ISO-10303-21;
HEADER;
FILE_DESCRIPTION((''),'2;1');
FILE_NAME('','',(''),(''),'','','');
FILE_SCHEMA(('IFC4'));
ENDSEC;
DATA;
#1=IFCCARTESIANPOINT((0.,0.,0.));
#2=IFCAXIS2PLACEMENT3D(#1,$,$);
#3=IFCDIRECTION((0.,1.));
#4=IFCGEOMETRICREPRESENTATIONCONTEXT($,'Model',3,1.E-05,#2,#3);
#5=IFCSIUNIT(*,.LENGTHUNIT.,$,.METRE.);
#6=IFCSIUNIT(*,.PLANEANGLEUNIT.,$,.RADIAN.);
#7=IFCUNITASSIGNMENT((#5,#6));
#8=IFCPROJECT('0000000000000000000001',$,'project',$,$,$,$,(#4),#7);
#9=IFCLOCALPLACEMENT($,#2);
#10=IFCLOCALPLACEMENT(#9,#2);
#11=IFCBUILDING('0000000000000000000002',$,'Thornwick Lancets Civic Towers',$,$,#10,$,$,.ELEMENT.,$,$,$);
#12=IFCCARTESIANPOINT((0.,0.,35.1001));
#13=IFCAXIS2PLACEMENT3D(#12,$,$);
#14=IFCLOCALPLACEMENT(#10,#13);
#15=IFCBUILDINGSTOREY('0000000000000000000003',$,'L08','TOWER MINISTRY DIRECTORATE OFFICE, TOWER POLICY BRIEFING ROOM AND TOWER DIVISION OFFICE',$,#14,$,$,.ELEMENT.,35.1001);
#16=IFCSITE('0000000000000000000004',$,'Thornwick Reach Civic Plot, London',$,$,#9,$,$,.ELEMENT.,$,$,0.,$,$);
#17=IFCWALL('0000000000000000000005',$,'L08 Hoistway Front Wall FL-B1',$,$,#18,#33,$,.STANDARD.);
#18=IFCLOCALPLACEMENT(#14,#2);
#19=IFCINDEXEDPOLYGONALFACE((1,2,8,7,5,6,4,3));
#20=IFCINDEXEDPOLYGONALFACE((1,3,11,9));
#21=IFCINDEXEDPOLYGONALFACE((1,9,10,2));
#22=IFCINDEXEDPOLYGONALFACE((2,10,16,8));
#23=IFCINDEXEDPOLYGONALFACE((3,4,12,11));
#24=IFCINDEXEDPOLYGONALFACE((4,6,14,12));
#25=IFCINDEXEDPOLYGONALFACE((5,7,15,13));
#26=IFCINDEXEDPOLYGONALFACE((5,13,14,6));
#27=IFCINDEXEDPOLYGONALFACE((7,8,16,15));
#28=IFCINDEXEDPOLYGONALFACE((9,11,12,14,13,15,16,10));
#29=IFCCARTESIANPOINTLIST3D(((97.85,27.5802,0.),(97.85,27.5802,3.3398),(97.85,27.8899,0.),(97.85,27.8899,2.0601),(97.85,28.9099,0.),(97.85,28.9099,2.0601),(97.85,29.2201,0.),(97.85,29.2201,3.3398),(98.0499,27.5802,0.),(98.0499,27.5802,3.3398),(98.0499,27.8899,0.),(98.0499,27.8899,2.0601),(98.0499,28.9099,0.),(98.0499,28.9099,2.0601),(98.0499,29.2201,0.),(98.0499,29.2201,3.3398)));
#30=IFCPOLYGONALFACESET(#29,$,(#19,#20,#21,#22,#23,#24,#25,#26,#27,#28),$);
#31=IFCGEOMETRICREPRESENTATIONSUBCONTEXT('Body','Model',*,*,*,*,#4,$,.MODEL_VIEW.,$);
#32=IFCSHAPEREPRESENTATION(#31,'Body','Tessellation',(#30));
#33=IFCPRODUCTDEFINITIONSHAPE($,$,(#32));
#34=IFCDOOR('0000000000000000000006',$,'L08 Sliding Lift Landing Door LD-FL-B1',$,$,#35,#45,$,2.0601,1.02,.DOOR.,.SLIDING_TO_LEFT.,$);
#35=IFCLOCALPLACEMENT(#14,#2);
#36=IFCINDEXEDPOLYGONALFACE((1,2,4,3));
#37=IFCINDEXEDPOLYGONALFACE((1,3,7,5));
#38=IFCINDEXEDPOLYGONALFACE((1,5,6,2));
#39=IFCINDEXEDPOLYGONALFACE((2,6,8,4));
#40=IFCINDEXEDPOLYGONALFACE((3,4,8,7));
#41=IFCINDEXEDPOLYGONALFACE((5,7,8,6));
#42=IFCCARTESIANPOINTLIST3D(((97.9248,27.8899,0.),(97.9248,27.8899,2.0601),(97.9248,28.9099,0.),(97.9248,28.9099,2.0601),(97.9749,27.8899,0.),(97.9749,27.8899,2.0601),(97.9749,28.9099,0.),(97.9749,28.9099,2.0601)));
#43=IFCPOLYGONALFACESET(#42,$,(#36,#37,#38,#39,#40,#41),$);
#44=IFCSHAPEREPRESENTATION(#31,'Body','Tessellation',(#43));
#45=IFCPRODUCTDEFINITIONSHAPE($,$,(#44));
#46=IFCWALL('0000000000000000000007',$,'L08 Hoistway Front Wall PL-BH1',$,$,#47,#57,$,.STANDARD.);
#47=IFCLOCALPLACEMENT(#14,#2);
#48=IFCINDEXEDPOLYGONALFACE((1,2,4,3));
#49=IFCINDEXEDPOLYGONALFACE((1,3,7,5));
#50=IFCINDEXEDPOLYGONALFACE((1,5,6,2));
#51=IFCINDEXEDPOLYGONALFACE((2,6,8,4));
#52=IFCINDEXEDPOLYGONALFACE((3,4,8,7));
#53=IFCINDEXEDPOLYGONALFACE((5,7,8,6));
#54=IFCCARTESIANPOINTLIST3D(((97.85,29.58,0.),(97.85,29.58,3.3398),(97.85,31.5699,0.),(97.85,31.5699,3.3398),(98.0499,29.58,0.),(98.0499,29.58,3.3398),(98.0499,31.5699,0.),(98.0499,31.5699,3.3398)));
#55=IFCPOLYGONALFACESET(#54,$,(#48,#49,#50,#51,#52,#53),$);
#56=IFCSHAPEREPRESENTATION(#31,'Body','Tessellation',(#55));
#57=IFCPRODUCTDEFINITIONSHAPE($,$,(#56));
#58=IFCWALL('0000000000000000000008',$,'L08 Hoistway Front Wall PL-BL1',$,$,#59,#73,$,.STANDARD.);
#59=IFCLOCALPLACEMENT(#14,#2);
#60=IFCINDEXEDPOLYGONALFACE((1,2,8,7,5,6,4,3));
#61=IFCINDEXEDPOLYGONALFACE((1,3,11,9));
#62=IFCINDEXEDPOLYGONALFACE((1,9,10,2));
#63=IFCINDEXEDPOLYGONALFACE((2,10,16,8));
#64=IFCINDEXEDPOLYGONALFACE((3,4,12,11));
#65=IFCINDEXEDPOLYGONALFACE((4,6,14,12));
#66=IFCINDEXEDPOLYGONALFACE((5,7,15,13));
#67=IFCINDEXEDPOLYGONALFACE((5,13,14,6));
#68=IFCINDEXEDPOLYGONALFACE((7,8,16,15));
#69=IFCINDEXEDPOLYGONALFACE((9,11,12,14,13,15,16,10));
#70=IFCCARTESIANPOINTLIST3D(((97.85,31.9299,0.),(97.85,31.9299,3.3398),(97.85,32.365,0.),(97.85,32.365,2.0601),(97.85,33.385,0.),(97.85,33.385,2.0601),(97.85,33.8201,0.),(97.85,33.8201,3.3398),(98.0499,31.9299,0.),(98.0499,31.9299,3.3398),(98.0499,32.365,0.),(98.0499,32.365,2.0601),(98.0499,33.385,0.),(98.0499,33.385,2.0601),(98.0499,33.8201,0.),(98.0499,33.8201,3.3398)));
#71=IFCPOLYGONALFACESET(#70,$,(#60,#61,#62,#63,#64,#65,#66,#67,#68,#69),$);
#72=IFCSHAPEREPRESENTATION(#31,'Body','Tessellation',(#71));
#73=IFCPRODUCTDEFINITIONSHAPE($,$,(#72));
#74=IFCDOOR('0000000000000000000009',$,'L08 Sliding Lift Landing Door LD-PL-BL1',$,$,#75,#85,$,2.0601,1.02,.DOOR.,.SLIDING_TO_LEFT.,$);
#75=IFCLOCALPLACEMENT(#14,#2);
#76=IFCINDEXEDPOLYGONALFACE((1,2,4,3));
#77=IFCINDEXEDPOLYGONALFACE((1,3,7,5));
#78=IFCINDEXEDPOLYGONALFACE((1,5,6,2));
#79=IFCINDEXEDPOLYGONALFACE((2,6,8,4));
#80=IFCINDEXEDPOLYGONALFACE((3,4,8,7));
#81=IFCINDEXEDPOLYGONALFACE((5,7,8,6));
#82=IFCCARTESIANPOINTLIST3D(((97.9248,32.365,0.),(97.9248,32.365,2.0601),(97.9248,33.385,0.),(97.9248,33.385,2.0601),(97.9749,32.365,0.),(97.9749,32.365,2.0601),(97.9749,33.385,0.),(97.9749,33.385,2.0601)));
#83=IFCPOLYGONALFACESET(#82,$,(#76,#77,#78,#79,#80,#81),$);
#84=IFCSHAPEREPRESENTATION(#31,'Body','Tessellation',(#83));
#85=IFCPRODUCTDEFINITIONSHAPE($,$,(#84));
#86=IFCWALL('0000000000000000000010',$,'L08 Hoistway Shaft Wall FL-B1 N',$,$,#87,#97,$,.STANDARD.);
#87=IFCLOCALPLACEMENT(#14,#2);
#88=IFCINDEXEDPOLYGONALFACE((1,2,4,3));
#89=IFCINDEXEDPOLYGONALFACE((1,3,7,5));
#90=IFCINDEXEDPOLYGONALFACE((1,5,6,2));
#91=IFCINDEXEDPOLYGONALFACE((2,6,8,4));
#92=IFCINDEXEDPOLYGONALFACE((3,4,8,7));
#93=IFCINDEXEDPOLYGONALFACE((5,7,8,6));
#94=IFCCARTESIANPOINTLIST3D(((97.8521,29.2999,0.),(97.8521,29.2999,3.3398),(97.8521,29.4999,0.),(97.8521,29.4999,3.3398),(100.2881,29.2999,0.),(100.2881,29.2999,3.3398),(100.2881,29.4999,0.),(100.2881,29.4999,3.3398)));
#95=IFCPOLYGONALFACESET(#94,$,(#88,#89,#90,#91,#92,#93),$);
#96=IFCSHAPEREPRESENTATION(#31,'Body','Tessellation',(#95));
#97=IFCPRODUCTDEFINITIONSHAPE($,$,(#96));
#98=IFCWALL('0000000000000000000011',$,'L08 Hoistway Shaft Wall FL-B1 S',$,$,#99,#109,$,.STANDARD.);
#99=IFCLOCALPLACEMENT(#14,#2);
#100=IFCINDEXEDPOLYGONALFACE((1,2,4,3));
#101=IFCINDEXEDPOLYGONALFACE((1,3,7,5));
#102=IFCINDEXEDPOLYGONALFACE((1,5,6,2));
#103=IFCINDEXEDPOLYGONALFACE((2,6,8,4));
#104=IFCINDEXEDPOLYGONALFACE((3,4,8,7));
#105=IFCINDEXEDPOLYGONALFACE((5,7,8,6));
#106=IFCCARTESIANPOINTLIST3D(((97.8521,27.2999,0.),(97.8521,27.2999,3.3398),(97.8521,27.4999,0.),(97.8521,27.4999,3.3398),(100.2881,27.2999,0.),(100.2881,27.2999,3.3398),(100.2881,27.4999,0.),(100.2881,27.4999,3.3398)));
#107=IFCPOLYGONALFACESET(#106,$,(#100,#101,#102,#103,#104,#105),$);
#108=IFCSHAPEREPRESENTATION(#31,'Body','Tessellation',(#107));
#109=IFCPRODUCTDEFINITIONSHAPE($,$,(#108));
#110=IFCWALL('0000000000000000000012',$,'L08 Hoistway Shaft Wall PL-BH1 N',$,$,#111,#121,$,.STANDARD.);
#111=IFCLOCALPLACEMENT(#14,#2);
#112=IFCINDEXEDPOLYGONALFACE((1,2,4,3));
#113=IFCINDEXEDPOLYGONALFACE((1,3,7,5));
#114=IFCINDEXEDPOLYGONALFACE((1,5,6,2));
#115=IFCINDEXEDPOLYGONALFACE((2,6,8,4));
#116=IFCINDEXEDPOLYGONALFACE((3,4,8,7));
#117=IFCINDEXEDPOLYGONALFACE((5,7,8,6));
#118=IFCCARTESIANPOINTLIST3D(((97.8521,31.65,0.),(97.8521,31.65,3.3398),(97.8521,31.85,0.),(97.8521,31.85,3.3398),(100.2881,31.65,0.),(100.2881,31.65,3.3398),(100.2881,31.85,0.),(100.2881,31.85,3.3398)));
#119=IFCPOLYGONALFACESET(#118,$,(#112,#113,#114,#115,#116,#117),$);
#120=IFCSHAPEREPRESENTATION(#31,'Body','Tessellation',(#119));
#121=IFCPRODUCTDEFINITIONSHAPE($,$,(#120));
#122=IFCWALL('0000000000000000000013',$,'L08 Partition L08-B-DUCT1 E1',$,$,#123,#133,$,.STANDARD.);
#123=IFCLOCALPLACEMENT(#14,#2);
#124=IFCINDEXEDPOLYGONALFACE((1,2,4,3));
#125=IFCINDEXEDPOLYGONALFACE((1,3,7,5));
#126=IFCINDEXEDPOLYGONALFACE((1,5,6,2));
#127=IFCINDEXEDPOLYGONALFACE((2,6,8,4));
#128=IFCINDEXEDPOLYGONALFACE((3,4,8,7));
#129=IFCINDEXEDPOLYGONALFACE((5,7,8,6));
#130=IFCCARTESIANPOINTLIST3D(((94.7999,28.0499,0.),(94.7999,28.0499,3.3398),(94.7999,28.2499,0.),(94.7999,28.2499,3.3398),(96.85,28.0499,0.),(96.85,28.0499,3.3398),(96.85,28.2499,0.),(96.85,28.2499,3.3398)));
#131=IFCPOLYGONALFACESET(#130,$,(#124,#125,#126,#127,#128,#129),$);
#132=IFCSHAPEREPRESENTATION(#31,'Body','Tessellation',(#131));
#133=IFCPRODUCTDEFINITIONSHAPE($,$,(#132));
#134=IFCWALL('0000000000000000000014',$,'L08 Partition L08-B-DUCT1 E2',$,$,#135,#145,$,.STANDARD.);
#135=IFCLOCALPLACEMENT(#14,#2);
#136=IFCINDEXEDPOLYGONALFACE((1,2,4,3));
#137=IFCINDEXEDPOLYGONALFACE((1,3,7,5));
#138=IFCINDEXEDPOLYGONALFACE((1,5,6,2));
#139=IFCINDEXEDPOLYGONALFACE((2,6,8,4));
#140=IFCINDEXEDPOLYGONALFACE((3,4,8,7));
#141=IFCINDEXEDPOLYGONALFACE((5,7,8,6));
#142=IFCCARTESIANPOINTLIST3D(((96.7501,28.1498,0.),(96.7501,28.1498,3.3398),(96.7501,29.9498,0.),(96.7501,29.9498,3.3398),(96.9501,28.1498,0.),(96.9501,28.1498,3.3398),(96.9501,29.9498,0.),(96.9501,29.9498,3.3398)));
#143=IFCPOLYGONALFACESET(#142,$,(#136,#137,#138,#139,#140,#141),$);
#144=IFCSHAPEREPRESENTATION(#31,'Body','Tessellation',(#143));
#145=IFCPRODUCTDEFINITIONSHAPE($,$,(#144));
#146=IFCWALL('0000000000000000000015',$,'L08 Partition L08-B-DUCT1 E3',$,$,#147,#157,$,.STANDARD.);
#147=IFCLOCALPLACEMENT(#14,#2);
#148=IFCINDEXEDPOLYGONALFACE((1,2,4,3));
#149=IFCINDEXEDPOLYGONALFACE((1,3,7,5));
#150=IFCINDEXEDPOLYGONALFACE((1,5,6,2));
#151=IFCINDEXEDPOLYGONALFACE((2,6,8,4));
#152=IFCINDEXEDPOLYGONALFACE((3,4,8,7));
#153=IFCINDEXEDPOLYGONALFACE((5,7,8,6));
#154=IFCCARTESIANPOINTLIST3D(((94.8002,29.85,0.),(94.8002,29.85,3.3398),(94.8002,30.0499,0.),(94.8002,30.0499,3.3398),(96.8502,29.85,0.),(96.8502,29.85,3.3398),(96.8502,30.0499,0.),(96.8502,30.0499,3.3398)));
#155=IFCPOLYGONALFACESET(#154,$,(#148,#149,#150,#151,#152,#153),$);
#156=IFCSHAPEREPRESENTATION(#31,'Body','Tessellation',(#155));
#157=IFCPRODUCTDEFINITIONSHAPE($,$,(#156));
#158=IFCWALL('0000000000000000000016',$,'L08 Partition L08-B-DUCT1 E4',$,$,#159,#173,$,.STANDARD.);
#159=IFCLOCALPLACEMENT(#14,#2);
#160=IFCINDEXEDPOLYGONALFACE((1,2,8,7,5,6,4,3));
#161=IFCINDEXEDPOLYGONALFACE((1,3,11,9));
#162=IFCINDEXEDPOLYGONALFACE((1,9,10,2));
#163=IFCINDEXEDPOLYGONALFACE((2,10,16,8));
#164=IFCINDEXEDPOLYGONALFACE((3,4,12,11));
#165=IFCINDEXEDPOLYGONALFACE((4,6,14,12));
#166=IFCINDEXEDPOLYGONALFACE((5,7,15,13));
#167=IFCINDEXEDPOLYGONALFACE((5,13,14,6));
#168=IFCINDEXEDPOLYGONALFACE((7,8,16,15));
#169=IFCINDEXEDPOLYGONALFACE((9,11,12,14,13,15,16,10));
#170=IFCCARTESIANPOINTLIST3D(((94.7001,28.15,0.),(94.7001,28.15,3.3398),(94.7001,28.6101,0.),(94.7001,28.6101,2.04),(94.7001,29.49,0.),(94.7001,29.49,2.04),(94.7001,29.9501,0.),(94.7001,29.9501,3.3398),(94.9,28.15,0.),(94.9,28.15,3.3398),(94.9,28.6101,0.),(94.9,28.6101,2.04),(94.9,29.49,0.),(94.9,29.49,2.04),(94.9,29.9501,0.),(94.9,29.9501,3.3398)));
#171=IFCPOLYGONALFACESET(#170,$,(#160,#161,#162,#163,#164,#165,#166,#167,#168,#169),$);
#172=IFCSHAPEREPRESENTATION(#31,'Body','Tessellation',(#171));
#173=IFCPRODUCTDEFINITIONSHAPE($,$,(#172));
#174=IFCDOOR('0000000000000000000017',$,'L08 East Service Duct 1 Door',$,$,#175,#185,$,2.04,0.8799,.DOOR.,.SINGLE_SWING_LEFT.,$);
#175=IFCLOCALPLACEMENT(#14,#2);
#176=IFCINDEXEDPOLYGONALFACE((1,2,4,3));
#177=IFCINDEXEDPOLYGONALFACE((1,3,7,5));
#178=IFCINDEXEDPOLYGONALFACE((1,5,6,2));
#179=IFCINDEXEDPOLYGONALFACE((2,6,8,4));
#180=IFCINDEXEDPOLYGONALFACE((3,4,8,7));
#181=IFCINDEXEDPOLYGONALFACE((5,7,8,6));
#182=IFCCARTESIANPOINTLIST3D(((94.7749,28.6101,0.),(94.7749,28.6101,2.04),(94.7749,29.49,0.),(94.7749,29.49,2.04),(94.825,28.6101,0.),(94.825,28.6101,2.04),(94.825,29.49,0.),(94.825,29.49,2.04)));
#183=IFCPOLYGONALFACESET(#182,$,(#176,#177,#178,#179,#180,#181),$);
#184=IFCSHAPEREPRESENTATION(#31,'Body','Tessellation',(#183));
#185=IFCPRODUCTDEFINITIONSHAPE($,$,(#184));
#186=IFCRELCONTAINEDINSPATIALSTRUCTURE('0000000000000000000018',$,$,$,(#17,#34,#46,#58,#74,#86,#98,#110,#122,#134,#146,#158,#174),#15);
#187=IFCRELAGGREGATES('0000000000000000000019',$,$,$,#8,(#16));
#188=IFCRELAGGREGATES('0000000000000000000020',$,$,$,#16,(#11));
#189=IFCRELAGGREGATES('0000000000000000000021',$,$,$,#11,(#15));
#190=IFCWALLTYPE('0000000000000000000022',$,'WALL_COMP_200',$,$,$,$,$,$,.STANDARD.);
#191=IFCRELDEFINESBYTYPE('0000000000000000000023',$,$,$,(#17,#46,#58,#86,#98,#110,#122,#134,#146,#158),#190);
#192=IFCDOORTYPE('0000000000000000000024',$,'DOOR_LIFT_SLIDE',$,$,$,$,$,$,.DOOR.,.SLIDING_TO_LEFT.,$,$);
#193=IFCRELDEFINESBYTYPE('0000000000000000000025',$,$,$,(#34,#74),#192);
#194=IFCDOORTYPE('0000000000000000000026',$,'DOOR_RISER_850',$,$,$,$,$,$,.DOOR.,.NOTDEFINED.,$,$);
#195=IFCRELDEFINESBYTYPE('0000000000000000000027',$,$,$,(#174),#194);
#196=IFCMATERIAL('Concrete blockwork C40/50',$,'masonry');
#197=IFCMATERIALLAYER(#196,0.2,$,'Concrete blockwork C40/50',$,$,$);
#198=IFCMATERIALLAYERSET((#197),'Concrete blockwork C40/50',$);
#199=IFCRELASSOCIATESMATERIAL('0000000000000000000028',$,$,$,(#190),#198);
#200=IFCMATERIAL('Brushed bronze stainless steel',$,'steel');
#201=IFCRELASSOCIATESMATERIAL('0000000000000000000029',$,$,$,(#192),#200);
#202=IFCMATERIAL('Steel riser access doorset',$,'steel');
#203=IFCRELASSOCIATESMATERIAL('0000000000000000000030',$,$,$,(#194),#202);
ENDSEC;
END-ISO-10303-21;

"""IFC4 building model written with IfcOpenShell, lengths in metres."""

from ifc_helpers import new_model, si_unit, direction, frame, frame_2d, origin, place, context, subcontext, project, spatial, rectangle, extrude, material, layer, layer_set, type_object, element, fill, save


model = new_model("IFC4")

# Units and contexts
model_context = context("Model", 3, precision=1e-05, world=origin(), true_north=direction((0.0, 1.0)))
body_context = subcontext(model_context, "Body", "Model", "MODEL_VIEW")
ifc_project = project(units=[si_unit("LENGTHUNIT", "METRE"), si_unit("PLANEANGLEUNIT", "RADIAN")], contexts=[model_context])

# Site, building, storey
site_placement = place(None, origin())
site = spatial("IfcSite", under=ifc_project, at=site_placement, Name="Thornwick Reach Civic Plot, London", CompositionType="ELEMENT", RefElevation=0.0)
building_placement = place(site_placement, origin())
building = spatial("IfcBuilding", under=site, at=building_placement, Name="Thornwick Lancets Civic Towers", CompositionType="ELEMENT")
storey_placement = place(building_placement, frame((0.0, 0.0, 35.1001)))
storey = spatial("IfcBuildingStorey", under=building, at=storey_placement, Name="L08", Description="TOWER MINISTRY DIRECTORATE OFFICE, TOWER POLICY BRIEFING ROOM AND TOWER DIVISION OFFICE", CompositionType="ELEMENT", Elevation=35.1001)

# Wall, opening, door
ifc_material_1 = material(Name="Concrete blockwork C40/50", Category="masonry")
ifc_layer_1 = layer(ifc_material_1, 0.2, Name="Concrete blockwork C40/50")
ifc_layer_set_1 = layer_set([ifc_layer_1], Name="Concrete blockwork C40/50")
wall_type_1 = type_object("IfcWallType", Name="WALL_COMP_200", PredefinedType="STANDARD", material=ifc_layer_set_1)
wall_1_placement = place(storey_placement, frame((97.95, 29.22, 0.0), z_axis=(0.0, 0.0, 1.0), x_axis=(0.0, -1.0, 0.0)))
wall_1 = element("IfcWall", 1, at=wall_1_placement, inside=storey, type_object=wall_type_1, Name="L08 Hoistway Front Wall FL-B1", PredefinedType="STANDARD", context=body_context, shape_type="SweptSolid", body=[
    extrude(rectangle(XDim=1.6399, YDim=0.2, at=frame_2d((0.8198, 0.0))), origin(), (0.0, 0.0, 1.0), 3.3398),
])
opening_1_placement = place(wall_1_placement, frame((0.3101, 0.0, 0.0)))
opening_1 = element("IfcOpeningElement", 2, at=opening_1_placement, cuts=wall_1, PredefinedType="OPENING", context=body_context, shape_type="SweptSolid", body=[
    extrude(rectangle(XDim=1.02, YDim=2.0601, at=frame_2d((0.51, 1.03))), frame((0.0, 0.1099, 0.0), z_axis=(0.0, -1.0, 0.0), x_axis=(1.0, 0.0, 0.0)), (0.0, 0.0, 1.0), 0.22),
])
ifc_material_2 = material(Name="Brushed bronze stainless steel", Category="steel")
door_type_1 = type_object("IfcDoorType", Name="DOOR_LIFT_SLIDE", OperationType="SLIDING_TO_LEFT", PredefinedType="DOOR", material=ifc_material_2)
door_1_placement = place(opening_1_placement, origin())
door_1 = element("IfcDoor", 3, at=door_1_placement, inside=storey, type_object=door_type_1, Name="L08 Sliding Lift Landing Door LD-FL-B1", OperationType="SLIDING_TO_LEFT", OverallHeight=2.0601, OverallWidth=1.02, PredefinedType="DOOR", context=body_context, shape_type="SweptSolid", body=[
    extrude(rectangle(XDim=1.02, YDim=2.0601, at=frame_2d((0.51, 1.03))), frame((0.0, 0.0249, 0.0), z_axis=(0.0, -1.0, 0.0), x_axis=(1.0, 0.0, 0.0)), (0.0, 0.0, 1.0), 0.05),
])
fill(opening_1, door_1)

# Wall
wall_2_placement = place(storey_placement, frame((97.95, 31.5701, 0.0), z_axis=(0.0, 0.0, 1.0), x_axis=(0.0, -1.0, 0.0)))
element("IfcWall", 4, at=wall_2_placement, inside=storey, type_object=wall_type_1, Name="L08 Hoistway Front Wall PL-BH1", PredefinedType="STANDARD", context=body_context, shape_type="SweptSolid", body=[
    extrude(rectangle(XDim=1.99, YDim=0.2, at=frame_2d((0.9951, 0.0))), origin(), (0.0, 0.0, 1.0), 3.3398),
])

# Wall, opening, door
wall_3_placement = place(storey_placement, frame((97.95, 33.8201, 0.0), z_axis=(0.0, 0.0, 1.0), x_axis=(0.0, -1.0, 0.0)))
wall_3 = element("IfcWall", 5, at=wall_3_placement, inside=storey, type_object=wall_type_1, Name="L08 Hoistway Front Wall PL-BL1", PredefinedType="STANDARD", context=body_context, shape_type="SweptSolid", body=[
    extrude(rectangle(XDim=1.8901, YDim=0.2, at=frame_2d((0.9451, 0.0))), origin(), (0.0, 0.0, 1.0), 3.3398),
])
opening_2_placement = place(wall_3_placement, frame((0.4351, 0.0, 0.0)))
opening_2 = element("IfcOpeningElement", 6, at=opening_2_placement, cuts=wall_3, PredefinedType="OPENING", context=body_context, shape_type="SweptSolid", body=[
    extrude(rectangle(XDim=1.02, YDim=2.0601, at=frame_2d((0.51, 1.03))), frame((0.0, 0.1099, 0.0), z_axis=(0.0, -1.0, 0.0), x_axis=(1.0, 0.0, 0.0)), (0.0, 0.0, 1.0), 0.22),
])
door_2_placement = place(opening_2_placement, origin())
door_2 = element("IfcDoor", 7, at=door_2_placement, inside=storey, type_object=door_type_1, Name="L08 Sliding Lift Landing Door LD-PL-BL1", OperationType="SLIDING_TO_LEFT", OverallHeight=2.0601, OverallWidth=1.02, PredefinedType="DOOR", context=body_context, shape_type="SweptSolid", body=[
    extrude(rectangle(XDim=1.02, YDim=2.0601, at=frame_2d((0.51, 1.03))), frame((0.0, 0.0249, 0.0), z_axis=(0.0, -1.0, 0.0), x_axis=(1.0, 0.0, 0.0)), (0.0, 0.0, 1.0), 0.05),
])
fill(opening_2, door_2)

# Walls
for number, where, z_axis, x_axis, name in (
    (8, (97.8521, 29.3999, 0.0), (0.0, 0.0, 1.0), (1.0, 0.0, 0.0), "L08 Hoistway Shaft Wall FL-B1 N"),
    (9, (97.8521, 27.3999, 0.0), (0.0, 0.0, 1.0), (1.0, 0.0, 0.0), "L08 Hoistway Shaft Wall FL-B1 S"),
    (10, (97.8521, 31.75, 0.0), (0.0, 0.0, 1.0), (1.0, 0.0, 0.0), "L08 Hoistway Shaft Wall PL-BH1 N"),
):
    element("IfcWall", number, at=place(storey_placement, frame(where, z_axis=z_axis, x_axis=x_axis)), inside=storey, type_object=wall_type_1, Name=name, PredefinedType="STANDARD", context=body_context, shape_type="SweptSolid", body=[
        extrude(rectangle(XDim=2.436, YDim=0.2, at=frame_2d((1.218, 0.0))), origin(), (0.0, 0.0, 1.0), 3.3398),
    ])
wall_4_placement = place(storey_placement, frame((94.8, 28.1499, 0.0), z_axis=(0.0, 0.0, 1.0), x_axis=(1.0, 0.0, 0.0)))
element("IfcWall", 11, at=wall_4_placement, inside=storey, type_object=wall_type_1, Name="L08 Partition L08-B-DUCT1 E1", PredefinedType="STANDARD", context=body_context, shape_type="SweptSolid", body=[
    extrude(rectangle(XDim=2.05, YDim=0.2, at=frame_2d((1.0249, 0.0))), origin(), (0.0, 0.0, 1.0), 3.3398),
])
wall_5_placement = place(storey_placement, frame((96.8501, 28.1499, 0.0), z_axis=(0.0, 0.0, 1.0), x_axis=(0.0, 1.0, 0.0)))
element("IfcWall", 12, at=wall_5_placement, inside=storey, type_object=wall_type_1, Name="L08 Partition L08-B-DUCT1 E2", PredefinedType="STANDARD", context=body_context, shape_type="SweptSolid", body=[
    extrude(rectangle(XDim=1.8, YDim=0.2, at=frame_2d((0.8999, 0.0))), origin(), (0.0, 0.0, 1.0), 3.3398),
])
wall_6_placement = place(storey_placement, frame((96.8501, 29.95, 0.0), z_axis=(0.0, 0.0, 1.0), x_axis=(-1.0, 0.0, 0.0)))
element("IfcWall", 13, at=wall_6_placement, inside=storey, type_object=wall_type_1, Name="L08 Partition L08-B-DUCT1 E3", PredefinedType="STANDARD", context=body_context, shape_type="SweptSolid", body=[
    extrude(rectangle(XDim=2.05, YDim=0.2, at=frame_2d((1.0249, 0.0))), origin(), (0.0, 0.0, 1.0), 3.3398),
])

# Wall, opening, door
wall_7_placement = place(storey_placement, frame((94.8, 29.95, 0.0), z_axis=(0.0, 0.0, 1.0), x_axis=(0.0, -1.0, 0.0)))
wall_7 = element("IfcWall", 14, at=wall_7_placement, inside=storey, type_object=wall_type_1, Name="L08 Partition L08-B-DUCT1 E4", PredefinedType="STANDARD", context=body_context, shape_type="SweptSolid", body=[
    extrude(rectangle(XDim=1.8, YDim=0.2, at=frame_2d((0.8999, 0.0))), origin(), (0.0, 0.0, 1.0), 3.3398),
])
opening_3_placement = place(wall_7_placement, frame((0.46, 0.0, 0.0)))
opening_3 = element("IfcOpeningElement", 15, at=opening_3_placement, cuts=wall_7, PredefinedType="OPENING", context=body_context, shape_type="SweptSolid", body=[
    extrude(rectangle(XDim=0.8799, YDim=2.04, at=frame_2d((0.4399, 1.02))), frame((0.0, 0.1099, 0.0), z_axis=(0.0, -1.0, 0.0), x_axis=(1.0, 0.0, 0.0)), (0.0, 0.0, 1.0), 0.22),
])
ifc_material_3 = material(Name="Steel riser access doorset", Category="steel")
door_type_2 = type_object("IfcDoorType", Name="DOOR_RISER_850", OperationType="NOTDEFINED", PredefinedType="DOOR", material=ifc_material_3)
door_3_placement = place(opening_3_placement, origin())
door_3 = element("IfcDoor", 16, at=door_3_placement, inside=storey, type_object=door_type_2, Name="L08 East Service Duct 1 Door", OperationType="SINGLE_SWING_LEFT", OverallHeight=2.04, OverallWidth=0.8799, PredefinedType="DOOR", context=body_context, shape_type="SweptSolid", body=[
    extrude(rectangle(XDim=0.8799, YDim=2.04, at=frame_2d((0.4399, 1.02))), frame((0.0, 0.0249, 0.0), z_axis=(0.0, -1.0, 0.0), x_axis=(1.0, 0.0, 0.0)), (0.0, 0.0, 1.0), 0.05),
])
fill(opening_3, door_3)

save(model, "model.ifc")
